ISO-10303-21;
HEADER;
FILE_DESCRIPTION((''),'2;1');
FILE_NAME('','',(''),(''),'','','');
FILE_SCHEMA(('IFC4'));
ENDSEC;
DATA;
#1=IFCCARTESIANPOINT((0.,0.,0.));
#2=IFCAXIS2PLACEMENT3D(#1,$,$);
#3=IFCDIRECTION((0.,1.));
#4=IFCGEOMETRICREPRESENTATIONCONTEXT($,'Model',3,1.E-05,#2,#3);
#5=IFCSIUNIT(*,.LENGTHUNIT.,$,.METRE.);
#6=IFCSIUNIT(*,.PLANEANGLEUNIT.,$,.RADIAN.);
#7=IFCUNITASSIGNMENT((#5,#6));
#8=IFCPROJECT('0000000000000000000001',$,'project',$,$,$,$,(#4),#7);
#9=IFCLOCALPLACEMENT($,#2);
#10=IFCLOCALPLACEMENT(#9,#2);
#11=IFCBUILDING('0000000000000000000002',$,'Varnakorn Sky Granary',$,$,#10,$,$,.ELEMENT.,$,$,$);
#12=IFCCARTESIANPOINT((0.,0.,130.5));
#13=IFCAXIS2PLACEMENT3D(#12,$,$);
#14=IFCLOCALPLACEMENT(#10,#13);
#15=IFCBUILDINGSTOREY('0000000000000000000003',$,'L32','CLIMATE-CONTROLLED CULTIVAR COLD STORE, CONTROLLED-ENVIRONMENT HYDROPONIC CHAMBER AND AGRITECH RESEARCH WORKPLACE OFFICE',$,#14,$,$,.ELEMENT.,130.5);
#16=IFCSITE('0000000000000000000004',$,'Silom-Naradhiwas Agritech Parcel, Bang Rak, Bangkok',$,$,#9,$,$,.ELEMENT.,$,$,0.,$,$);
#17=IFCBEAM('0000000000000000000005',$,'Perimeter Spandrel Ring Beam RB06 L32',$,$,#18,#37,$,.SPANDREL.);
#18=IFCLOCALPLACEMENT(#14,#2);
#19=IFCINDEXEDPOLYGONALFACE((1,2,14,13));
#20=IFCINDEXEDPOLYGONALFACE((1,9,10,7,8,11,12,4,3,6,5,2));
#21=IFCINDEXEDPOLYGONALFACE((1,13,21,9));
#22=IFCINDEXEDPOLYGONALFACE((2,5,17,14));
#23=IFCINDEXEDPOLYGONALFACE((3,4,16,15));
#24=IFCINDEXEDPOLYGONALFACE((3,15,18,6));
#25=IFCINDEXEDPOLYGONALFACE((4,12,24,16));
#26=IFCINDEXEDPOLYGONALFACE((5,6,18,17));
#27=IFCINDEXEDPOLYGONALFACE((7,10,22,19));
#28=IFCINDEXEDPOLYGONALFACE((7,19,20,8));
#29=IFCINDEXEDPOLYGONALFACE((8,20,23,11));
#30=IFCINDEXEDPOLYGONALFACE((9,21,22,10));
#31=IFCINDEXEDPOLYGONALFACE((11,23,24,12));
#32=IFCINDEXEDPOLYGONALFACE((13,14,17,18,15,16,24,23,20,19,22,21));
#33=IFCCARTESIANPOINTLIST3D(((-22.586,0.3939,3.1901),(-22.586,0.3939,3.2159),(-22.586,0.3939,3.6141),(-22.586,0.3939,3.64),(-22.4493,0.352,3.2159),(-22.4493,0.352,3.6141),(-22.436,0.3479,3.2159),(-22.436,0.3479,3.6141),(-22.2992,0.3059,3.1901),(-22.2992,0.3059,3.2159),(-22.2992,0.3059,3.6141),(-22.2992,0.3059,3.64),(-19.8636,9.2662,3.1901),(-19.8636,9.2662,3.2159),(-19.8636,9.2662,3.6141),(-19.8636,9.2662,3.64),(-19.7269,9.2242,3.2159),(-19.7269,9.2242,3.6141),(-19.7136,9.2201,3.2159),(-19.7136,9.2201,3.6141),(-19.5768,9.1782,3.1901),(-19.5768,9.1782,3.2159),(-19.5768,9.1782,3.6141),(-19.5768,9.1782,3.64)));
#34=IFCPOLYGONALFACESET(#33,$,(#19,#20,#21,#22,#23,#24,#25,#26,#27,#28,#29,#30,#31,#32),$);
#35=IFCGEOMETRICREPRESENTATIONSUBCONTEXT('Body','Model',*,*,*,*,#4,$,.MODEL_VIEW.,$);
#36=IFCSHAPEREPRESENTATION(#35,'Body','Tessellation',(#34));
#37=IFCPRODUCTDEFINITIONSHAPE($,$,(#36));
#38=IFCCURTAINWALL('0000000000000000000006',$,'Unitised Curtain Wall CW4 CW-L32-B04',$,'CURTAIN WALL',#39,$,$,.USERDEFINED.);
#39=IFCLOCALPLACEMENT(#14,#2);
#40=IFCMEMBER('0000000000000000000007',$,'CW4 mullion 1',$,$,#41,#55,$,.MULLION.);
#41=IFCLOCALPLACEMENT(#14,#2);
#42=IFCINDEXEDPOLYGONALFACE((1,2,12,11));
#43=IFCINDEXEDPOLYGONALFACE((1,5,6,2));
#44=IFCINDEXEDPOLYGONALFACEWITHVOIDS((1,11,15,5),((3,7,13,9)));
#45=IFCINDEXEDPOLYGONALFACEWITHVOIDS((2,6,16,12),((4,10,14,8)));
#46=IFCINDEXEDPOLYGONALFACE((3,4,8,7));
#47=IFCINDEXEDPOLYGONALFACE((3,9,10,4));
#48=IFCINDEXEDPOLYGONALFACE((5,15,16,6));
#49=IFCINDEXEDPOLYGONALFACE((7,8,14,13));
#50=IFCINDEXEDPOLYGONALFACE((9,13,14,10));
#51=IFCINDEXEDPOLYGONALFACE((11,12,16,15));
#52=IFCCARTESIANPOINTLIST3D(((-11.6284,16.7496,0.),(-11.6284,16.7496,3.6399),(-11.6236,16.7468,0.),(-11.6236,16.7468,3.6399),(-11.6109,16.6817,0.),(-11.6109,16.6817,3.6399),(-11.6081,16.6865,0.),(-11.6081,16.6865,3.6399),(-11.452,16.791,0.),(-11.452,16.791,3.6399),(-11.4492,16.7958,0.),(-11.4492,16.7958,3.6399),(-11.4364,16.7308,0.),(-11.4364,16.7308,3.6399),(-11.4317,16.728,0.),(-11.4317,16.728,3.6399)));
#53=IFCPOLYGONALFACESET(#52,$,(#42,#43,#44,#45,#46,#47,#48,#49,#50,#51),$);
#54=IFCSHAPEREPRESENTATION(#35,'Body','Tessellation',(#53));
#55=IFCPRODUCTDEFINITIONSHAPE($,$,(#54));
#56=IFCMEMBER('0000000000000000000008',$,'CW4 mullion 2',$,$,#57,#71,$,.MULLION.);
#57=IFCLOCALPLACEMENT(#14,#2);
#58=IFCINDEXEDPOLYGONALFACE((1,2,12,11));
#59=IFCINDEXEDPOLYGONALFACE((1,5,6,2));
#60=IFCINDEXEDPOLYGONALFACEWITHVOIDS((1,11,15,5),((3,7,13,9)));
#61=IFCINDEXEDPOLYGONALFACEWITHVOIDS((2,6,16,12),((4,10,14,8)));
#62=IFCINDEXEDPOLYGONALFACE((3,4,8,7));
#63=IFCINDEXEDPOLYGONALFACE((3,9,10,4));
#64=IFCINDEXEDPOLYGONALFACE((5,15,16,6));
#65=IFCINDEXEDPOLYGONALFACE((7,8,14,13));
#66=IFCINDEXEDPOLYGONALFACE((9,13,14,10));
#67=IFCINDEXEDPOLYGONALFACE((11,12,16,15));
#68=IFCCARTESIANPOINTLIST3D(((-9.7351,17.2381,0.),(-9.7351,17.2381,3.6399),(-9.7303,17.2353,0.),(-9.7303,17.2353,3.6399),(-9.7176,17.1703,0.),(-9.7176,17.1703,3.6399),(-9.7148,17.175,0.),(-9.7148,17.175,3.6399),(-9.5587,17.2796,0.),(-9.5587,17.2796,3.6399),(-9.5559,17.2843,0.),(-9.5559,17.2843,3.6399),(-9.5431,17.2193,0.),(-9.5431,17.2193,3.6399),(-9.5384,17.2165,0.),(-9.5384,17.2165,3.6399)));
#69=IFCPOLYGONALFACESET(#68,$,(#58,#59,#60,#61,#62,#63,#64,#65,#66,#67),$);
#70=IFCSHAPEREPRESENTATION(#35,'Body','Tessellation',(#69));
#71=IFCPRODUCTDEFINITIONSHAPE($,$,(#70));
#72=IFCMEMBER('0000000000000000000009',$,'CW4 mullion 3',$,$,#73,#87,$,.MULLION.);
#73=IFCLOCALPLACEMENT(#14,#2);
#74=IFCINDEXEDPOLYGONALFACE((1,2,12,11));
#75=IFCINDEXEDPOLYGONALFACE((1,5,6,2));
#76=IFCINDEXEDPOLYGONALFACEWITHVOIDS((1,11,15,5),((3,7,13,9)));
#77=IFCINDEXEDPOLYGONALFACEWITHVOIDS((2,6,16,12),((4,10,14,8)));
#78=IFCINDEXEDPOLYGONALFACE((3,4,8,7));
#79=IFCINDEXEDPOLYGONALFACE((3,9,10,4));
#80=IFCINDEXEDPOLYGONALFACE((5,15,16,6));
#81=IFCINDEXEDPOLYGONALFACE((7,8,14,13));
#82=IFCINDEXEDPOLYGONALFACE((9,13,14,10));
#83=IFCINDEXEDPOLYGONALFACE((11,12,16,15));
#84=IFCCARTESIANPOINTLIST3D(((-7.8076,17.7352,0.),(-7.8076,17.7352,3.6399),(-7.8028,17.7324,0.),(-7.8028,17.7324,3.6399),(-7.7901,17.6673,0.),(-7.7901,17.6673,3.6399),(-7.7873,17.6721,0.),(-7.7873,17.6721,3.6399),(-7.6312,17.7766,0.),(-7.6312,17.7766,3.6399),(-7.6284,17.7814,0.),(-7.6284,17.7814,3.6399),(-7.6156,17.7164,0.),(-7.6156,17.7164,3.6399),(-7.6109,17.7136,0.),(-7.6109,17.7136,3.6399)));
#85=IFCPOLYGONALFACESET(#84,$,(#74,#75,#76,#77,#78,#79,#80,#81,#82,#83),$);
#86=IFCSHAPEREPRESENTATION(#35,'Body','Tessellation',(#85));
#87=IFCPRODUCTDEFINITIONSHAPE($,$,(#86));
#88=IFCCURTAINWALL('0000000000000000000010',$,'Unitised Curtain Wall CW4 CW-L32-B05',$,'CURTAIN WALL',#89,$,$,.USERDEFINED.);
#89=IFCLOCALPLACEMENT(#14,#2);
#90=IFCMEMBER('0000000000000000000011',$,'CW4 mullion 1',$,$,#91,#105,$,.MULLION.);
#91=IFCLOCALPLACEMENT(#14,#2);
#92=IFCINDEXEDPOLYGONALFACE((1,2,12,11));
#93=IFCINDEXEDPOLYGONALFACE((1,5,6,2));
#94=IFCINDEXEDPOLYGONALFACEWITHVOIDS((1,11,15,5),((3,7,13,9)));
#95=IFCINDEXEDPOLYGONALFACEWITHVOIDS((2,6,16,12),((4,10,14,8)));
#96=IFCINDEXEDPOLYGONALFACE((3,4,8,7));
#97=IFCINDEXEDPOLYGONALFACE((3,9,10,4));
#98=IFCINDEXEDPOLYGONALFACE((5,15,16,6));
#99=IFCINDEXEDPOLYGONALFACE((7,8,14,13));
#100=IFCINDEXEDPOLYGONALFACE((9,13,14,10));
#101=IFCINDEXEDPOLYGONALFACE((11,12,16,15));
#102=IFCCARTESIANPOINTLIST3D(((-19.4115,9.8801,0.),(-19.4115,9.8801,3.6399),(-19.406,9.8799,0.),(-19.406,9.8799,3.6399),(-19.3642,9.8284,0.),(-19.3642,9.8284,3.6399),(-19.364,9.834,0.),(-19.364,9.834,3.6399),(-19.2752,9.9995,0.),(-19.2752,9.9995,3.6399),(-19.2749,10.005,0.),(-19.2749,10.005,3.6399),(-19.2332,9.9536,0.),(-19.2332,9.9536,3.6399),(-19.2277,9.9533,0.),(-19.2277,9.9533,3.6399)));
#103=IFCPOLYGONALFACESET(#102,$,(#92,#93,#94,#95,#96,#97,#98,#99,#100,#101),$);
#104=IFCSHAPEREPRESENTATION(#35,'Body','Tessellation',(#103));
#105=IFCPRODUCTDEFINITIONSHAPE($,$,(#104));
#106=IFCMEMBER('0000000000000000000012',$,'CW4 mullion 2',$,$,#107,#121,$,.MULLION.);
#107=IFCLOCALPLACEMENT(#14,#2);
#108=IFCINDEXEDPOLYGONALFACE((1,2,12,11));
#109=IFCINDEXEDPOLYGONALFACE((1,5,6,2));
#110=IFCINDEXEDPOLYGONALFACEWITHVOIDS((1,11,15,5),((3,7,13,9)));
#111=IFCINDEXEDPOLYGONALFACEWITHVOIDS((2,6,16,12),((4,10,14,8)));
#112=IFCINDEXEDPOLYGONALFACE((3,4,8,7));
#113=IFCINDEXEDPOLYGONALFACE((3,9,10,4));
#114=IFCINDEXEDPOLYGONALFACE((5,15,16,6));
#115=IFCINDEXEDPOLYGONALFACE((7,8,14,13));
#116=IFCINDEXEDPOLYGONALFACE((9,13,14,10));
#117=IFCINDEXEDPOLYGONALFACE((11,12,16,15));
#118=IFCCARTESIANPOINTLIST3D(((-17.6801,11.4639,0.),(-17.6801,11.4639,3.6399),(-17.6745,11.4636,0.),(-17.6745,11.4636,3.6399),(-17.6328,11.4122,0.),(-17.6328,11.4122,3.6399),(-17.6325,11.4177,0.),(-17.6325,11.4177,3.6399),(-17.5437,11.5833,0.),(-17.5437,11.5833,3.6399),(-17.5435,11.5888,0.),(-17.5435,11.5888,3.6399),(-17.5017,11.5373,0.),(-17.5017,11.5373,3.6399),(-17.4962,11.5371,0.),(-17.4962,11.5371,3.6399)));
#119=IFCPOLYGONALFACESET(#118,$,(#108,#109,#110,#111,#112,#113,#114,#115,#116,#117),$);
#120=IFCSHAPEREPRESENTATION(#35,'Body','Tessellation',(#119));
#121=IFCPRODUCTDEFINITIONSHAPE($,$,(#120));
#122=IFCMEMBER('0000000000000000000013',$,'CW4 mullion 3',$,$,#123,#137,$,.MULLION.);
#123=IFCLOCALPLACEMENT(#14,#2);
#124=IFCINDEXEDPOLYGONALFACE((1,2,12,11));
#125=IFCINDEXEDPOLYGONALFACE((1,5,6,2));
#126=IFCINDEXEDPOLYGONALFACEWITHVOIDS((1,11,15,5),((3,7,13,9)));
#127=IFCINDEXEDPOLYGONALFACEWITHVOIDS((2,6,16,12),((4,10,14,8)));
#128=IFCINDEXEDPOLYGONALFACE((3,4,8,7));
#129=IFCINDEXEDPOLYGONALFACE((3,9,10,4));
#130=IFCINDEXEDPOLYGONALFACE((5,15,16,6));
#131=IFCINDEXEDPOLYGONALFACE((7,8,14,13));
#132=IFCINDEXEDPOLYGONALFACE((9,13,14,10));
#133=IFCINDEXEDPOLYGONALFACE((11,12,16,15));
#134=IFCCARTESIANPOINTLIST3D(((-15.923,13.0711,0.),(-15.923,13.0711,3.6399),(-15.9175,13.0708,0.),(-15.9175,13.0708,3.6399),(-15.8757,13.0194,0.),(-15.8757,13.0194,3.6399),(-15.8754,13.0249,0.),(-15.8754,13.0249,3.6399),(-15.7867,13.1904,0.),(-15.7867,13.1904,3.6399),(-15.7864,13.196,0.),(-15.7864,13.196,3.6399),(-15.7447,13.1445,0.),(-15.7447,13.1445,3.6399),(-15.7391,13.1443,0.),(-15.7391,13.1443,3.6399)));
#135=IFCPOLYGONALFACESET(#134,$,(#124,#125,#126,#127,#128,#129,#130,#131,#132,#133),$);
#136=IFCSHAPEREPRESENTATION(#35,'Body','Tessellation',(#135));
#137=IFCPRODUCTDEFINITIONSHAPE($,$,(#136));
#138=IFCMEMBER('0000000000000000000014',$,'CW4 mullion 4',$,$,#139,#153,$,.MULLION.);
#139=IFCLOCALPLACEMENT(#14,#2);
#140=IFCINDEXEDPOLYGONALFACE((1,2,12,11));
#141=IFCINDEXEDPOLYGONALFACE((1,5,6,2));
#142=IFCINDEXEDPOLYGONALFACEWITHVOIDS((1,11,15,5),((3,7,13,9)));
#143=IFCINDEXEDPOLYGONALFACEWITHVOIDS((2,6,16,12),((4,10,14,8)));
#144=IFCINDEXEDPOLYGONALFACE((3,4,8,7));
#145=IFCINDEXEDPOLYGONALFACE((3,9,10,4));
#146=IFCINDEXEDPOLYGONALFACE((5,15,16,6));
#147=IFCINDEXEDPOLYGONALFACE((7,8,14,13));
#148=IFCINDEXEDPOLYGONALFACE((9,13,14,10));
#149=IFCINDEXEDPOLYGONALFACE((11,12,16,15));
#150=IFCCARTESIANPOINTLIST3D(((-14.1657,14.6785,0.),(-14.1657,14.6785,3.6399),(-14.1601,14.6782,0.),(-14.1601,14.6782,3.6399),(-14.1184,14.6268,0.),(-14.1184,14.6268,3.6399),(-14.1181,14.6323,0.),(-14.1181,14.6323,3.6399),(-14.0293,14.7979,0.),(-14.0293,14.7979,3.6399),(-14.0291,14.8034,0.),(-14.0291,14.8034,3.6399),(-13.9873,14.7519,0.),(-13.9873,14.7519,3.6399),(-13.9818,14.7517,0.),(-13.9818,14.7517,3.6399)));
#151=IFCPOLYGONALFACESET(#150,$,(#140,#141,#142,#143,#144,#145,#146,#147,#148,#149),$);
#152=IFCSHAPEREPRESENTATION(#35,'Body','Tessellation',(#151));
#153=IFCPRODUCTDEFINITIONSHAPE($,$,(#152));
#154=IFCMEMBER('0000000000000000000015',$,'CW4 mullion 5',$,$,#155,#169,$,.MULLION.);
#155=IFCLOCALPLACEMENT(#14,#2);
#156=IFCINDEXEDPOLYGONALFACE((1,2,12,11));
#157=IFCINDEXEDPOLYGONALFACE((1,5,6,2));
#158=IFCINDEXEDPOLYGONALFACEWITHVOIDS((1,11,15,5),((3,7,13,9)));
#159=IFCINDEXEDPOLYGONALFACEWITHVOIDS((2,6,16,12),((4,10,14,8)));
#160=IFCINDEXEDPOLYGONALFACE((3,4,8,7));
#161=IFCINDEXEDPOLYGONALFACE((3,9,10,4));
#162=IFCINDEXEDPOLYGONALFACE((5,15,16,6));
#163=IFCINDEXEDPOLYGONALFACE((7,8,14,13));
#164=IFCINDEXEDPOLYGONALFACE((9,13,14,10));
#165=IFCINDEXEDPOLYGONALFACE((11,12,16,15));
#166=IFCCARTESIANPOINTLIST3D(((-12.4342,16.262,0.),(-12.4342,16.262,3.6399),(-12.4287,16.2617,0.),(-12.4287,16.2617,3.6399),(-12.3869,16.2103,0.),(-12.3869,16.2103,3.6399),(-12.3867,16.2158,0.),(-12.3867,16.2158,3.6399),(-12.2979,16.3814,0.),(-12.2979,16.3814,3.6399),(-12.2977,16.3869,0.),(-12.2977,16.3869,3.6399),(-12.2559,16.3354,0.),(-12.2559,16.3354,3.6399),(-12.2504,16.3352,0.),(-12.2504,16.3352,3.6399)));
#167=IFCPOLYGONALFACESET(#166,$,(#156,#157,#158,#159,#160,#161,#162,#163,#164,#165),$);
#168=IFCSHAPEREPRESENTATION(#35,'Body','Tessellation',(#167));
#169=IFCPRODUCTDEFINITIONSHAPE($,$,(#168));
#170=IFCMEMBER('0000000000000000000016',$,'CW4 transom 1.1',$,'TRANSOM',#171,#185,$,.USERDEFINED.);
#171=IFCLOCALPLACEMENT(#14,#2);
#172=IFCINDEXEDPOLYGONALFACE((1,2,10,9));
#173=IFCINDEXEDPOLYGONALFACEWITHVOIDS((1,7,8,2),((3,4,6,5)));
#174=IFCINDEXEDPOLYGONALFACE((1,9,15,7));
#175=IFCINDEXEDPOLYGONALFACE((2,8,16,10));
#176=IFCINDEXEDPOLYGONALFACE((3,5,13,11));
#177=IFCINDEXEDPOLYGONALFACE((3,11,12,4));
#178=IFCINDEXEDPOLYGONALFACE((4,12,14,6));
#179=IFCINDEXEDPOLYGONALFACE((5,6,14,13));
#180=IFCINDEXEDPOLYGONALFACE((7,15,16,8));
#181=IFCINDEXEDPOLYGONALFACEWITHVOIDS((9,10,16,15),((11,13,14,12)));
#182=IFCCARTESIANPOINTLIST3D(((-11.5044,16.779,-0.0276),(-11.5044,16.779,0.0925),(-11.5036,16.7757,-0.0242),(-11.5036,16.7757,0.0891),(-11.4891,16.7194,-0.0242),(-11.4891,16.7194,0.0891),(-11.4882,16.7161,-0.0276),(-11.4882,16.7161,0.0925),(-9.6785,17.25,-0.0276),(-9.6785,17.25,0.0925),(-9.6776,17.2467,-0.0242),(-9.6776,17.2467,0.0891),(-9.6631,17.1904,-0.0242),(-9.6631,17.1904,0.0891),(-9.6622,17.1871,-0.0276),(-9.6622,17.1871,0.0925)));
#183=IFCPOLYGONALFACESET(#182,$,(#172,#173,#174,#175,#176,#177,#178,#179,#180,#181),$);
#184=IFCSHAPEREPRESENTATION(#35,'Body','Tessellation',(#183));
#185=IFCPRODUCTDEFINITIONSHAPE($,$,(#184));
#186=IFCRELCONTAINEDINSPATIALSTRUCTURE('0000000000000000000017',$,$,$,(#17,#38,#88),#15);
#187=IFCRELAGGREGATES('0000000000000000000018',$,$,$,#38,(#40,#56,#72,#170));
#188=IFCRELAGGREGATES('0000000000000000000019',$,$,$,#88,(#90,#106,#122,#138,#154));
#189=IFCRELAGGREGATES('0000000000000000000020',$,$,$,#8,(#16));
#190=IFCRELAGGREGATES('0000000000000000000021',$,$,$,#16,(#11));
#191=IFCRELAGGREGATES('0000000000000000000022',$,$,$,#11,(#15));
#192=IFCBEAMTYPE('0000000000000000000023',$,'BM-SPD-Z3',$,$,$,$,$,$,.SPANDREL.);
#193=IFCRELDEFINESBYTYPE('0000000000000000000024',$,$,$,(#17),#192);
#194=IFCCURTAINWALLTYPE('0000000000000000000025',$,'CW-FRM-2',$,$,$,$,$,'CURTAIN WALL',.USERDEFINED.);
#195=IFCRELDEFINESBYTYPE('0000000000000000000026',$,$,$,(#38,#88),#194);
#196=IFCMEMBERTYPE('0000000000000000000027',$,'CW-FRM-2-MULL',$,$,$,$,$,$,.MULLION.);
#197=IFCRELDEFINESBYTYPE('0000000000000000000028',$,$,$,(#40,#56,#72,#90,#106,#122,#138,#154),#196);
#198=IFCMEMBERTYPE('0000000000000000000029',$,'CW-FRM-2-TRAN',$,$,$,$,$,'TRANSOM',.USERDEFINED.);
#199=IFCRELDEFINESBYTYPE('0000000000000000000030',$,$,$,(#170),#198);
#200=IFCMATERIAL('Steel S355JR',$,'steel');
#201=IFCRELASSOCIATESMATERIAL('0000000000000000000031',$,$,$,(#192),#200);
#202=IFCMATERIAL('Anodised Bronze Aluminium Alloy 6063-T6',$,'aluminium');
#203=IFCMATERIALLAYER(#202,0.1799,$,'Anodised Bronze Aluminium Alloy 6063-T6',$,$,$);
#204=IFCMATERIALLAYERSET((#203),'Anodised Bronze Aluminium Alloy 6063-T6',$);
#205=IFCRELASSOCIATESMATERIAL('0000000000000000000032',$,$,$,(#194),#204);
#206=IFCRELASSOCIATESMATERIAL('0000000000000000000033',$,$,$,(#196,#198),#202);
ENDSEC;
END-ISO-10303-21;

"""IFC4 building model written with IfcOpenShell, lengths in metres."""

from ifc_helpers import new_model, si_unit, direction, frame, origin, origin_2d, place, context, subcontext, project, spatial, hollow_rectangle, i_section, extrude, material, layer, layer_set, material_profile, profile_set, type_object, element, aggregate, save


model = new_model("IFC4")

# Units and contexts
model_context = context("Model", 3, precision=1e-05, world=origin(), true_north=direction((0.0, 1.0)))
body_context = subcontext(model_context, "Body", "Model", "MODEL_VIEW")
ifc_project = project(units=[si_unit("LENGTHUNIT", "METRE"), si_unit("PLANEANGLEUNIT", "RADIAN")], contexts=[model_context])

# Site, building, storey
site_placement = place(None, origin())
site = spatial("IfcSite", under=ifc_project, at=site_placement, Name="Silom-Naradhiwas Agritech Parcel, Bang Rak, Bangkok", CompositionType="ELEMENT", RefElevation=0.0)
building_placement = place(site_placement, origin())
building = spatial("IfcBuilding", under=site, at=building_placement, Name="Varnakorn Sky Granary", CompositionType="ELEMENT")
storey_placement = place(building_placement, frame((0.0, 0.0, 130.5)))
storey = spatial("IfcBuildingStorey", under=building, at=storey_placement, Name="L32", Description="CLIMATE-CONTROLLED CULTIVAR COLD STORE, CONTROLLED-ENVIRONMENT HYDROPONIC CHAMBER AND AGRITECH RESEARCH WORKPLACE OFFICE", CompositionType="ELEMENT", Elevation=130.5)

# Beam
ifc_material_1 = material(Name="Steel S355JR", Category="steel")
ifc_material_profile_1 = material_profile(ifc_material_1, i_section(OverallWidth=0.3, OverallDepth=0.45, WebThickness=0.0139, FlangeThickness=0.0259, at=origin_2d()), Name="HE 450 B")
ifc_profile_set_1 = profile_set([ifc_material_profile_1], Name="Steel S355JR")
beam_type_1 = type_object("IfcBeamType", Name="BM-SPD-Z3", PredefinedType="SPANDREL", material=ifc_profile_set_1)
beam_1_placement = place(storey_placement, frame((-19.7202, 9.2222, 3.415), z_axis=(-0.293344, -0.956007, 0.0), x_axis=(0.956007, -0.293344, 0.0)))
element("IfcBeam", 1, at=beam_1_placement, inside=storey, type_object=beam_type_1, Name="Perimeter Spandrel Ring Beam RB06 L32", PredefinedType="SPANDREL", context=body_context, shape_type="SweptSolid", body=[
    extrude(i_section(OverallWidth=0.3, OverallDepth=0.45, WebThickness=0.0139, FlangeThickness=0.0259, at=origin_2d()), origin(), (0.0, 0.0, 1.0), 9.2805),
])

# Curtain walls, members
ifc_material_2 = material(Name="Anodised Bronze Aluminium Alloy 6063-T6", Category="aluminium")
ifc_layer_1 = layer(ifc_material_2, 0.1799, Name="Anodised Bronze Aluminium Alloy 6063-T6")
ifc_layer_set_1 = layer_set([ifc_layer_1], Name="Anodised Bronze Aluminium Alloy 6063-T6")
curtain_wall_type = type_object("IfcCurtainWallType", Name="CW-FRM-2", ElementType="CURTAIN WALL", PredefinedType="USERDEFINED", material=ifc_layer_set_1)
curtain_wall_1_placement = place(storey_placement, origin())
curtain_wall_1 = element("IfcCurtainWall", 2, at=curtain_wall_1_placement, inside=storey, type_object=curtain_wall_type, Name="Unitised Curtain Wall CW4 CW-L32-B04", ObjectType="CURTAIN WALL", PredefinedType="USERDEFINED")
ifc_material_profile_2 = material_profile(ifc_material_2, hollow_rectangle(XDim=0.0701, YDim=0.1851, WallThickness=0.0039, at=origin_2d()), Name="ALU MULL 70x185")
ifc_profile_set_2 = profile_set([ifc_material_profile_2], Name="Anodised Bronze Aluminium Alloy 6063-T6")
member_type_1 = type_object("IfcMemberType", Name="CW-FRM-2-MULL", PredefinedType="MULLION", material=ifc_profile_set_2)
member_1_placement = place(storey_placement, frame((-11.53, 16.7388, 0.0), z_axis=(0.0, 0.0, 1.0), x_axis=(-0.249777, 0.968303, 0.0)))
member_1 = element("IfcMember", 3, at=member_1_placement, type_object=member_type_1, Name="CW4 mullion 1", PredefinedType="MULLION", context=body_context, shape_type="SweptSolid", body=[
    extrude(hollow_rectangle(XDim=0.0701, YDim=0.1851, WallThickness=0.0039, at=origin_2d()), origin(), (0.0, 0.0, 1.0), 3.6399),
])
member_2_placement = place(storey_placement, frame((-9.6367, 17.2273, 0.0), z_axis=(0.0, 0.0, 1.0), x_axis=(-0.249777, 0.968303, 0.0)))
member_2 = element("IfcMember", 4, at=member_2_placement, type_object=member_type_1, Name="CW4 mullion 2", PredefinedType="MULLION", context=body_context, shape_type="SweptSolid", body=[
    extrude(hollow_rectangle(XDim=0.0701, YDim=0.1851, WallThickness=0.0039, at=origin_2d()), origin(), (0.0, 0.0, 1.0), 3.6399),
])
member_3_placement = place(storey_placement, frame((-7.7092, 17.7244, 0.0), z_axis=(0.0, 0.0, 1.0), x_axis=(-0.249777, 0.968303, 0.0)))
member_3 = element("IfcMember", 5, at=member_3_placement, type_object=member_type_1, Name="CW4 mullion 3", PredefinedType="MULLION", context=body_context, shape_type="SweptSolid", body=[
    extrude(hollow_rectangle(XDim=0.0701, YDim=0.1851, WallThickness=0.0039, at=origin_2d()), origin(), (0.0, 0.0, 1.0), 3.6399),
])
curtain_wall_2_placement = place(storey_placement, origin())
curtain_wall_2 = element("IfcCurtainWall", 6, at=curtain_wall_2_placement, inside=storey, type_object=curtain_wall_type, Name="Unitised Curtain Wall CW4 CW-L32-B05", ObjectType="CURTAIN WALL", PredefinedType="USERDEFINED")
member_4_placement = place(storey_placement, frame((-19.3196, 9.9167, 0.0), z_axis=(0.0, 0.0, 1.0), x_axis=(-0.674918, 0.737893, 0.0)))
member_4 = element("IfcMember", 7, at=member_4_placement, type_object=member_type_1, Name="CW4 mullion 1", PredefinedType="MULLION", context=body_context, shape_type="SweptSolid", body=[
    extrude(hollow_rectangle(XDim=0.0701, YDim=0.1851, WallThickness=0.0039, at=origin_2d()), origin(), (0.0, 0.0, 1.0), 3.6399),
])
member_5_placement = place(storey_placement, frame((-17.5881, 11.5005, 0.0), z_axis=(0.0, 0.0, 1.0), x_axis=(-0.674918, 0.737893, 0.0)))
member_5 = element("IfcMember", 8, at=member_5_placement, type_object=member_type_1, Name="CW4 mullion 2", PredefinedType="MULLION", context=body_context, shape_type="SweptSolid", body=[
    extrude(hollow_rectangle(XDim=0.0701, YDim=0.1851, WallThickness=0.0039, at=origin_2d()), origin(), (0.0, 0.0, 1.0), 3.6399),
])
member_6_placement = place(storey_placement, frame((-15.8311, 13.1077, 0.0), z_axis=(0.0, 0.0, 1.0), x_axis=(-0.674918, 0.737893, 0.0)))
member_6 = element("IfcMember", 9, at=member_6_placement, type_object=member_type_1, Name="CW4 mullion 3", PredefinedType="MULLION", context=body_context, shape_type="SweptSolid", body=[
    extrude(hollow_rectangle(XDim=0.0701, YDim=0.1851, WallThickness=0.0039, at=origin_2d()), origin(), (0.0, 0.0, 1.0), 3.6399),
])
member_7_placement = place(storey_placement, frame((-14.0737, 14.7151, 0.0), z_axis=(0.0, 0.0, 1.0), x_axis=(-0.674918, 0.737893, 0.0)))
member_7 = element("IfcMember", 10, at=member_7_placement, type_object=member_type_1, Name="CW4 mullion 4", PredefinedType="MULLION", context=body_context, shape_type="SweptSolid", body=[
    extrude(hollow_rectangle(XDim=0.0701, YDim=0.1851, WallThickness=0.0039, at=origin_2d()), origin(), (0.0, 0.0, 1.0), 3.6399),
])
member_8_placement = place(storey_placement, frame((-12.3423, 16.2986, 0.0), z_axis=(0.0, 0.0, 1.0), x_axis=(-0.674918, 0.737893, 0.0)))
member_8 = element("IfcMember", 11, at=member_8_placement, type_object=member_type_1, Name="CW4 mullion 5", PredefinedType="MULLION", context=body_context, shape_type="SweptSolid", body=[
    extrude(hollow_rectangle(XDim=0.0701, YDim=0.1851, WallThickness=0.0039, at=origin_2d()), origin(), (0.0, 0.0, 1.0), 3.6399),
])

# Member
ifc_material_profile_3 = material_profile(ifc_material_2, hollow_rectangle(XDim=0.0649, YDim=0.1201, WallThickness=0.0034, at=origin_2d()), Name="ALU TRAN 65x120")
ifc_profile_set_3 = profile_set([ifc_material_profile_3], Name="Anodised Bronze Aluminium Alloy 6063-T6")
member_type_2 = type_object("IfcMemberType", Name="CW-FRM-2-TRAN", ElementType="TRANSOM", PredefinedType="USERDEFINED", material=ifc_profile_set_3)
member_9_placement = place(storey_placement, frame((-11.4963, 16.7476, 0.0325), z_axis=(0.968311, 0.249749, 0.0), x_axis=(-0.249749, 0.968311, 0.0)))
member_9 = element("IfcMember", 12, at=member_9_placement, type_object=member_type_2, Name="CW4 transom 1.1", ObjectType="TRANSOM", PredefinedType="USERDEFINED", context=body_context, shape_type="SweptSolid", body=[
    extrude(hollow_rectangle(XDim=0.0649, YDim=0.1201, WallThickness=0.0034, at=origin_2d()), origin(), (0.0, 0.0, 1.0), 1.8857),
])

aggregate(curtain_wall_1, [member_1, member_2, member_3, member_9])
aggregate(curtain_wall_2, [member_4, member_5, member_6, member_7, member_8])

save(model, "model.ifc")
